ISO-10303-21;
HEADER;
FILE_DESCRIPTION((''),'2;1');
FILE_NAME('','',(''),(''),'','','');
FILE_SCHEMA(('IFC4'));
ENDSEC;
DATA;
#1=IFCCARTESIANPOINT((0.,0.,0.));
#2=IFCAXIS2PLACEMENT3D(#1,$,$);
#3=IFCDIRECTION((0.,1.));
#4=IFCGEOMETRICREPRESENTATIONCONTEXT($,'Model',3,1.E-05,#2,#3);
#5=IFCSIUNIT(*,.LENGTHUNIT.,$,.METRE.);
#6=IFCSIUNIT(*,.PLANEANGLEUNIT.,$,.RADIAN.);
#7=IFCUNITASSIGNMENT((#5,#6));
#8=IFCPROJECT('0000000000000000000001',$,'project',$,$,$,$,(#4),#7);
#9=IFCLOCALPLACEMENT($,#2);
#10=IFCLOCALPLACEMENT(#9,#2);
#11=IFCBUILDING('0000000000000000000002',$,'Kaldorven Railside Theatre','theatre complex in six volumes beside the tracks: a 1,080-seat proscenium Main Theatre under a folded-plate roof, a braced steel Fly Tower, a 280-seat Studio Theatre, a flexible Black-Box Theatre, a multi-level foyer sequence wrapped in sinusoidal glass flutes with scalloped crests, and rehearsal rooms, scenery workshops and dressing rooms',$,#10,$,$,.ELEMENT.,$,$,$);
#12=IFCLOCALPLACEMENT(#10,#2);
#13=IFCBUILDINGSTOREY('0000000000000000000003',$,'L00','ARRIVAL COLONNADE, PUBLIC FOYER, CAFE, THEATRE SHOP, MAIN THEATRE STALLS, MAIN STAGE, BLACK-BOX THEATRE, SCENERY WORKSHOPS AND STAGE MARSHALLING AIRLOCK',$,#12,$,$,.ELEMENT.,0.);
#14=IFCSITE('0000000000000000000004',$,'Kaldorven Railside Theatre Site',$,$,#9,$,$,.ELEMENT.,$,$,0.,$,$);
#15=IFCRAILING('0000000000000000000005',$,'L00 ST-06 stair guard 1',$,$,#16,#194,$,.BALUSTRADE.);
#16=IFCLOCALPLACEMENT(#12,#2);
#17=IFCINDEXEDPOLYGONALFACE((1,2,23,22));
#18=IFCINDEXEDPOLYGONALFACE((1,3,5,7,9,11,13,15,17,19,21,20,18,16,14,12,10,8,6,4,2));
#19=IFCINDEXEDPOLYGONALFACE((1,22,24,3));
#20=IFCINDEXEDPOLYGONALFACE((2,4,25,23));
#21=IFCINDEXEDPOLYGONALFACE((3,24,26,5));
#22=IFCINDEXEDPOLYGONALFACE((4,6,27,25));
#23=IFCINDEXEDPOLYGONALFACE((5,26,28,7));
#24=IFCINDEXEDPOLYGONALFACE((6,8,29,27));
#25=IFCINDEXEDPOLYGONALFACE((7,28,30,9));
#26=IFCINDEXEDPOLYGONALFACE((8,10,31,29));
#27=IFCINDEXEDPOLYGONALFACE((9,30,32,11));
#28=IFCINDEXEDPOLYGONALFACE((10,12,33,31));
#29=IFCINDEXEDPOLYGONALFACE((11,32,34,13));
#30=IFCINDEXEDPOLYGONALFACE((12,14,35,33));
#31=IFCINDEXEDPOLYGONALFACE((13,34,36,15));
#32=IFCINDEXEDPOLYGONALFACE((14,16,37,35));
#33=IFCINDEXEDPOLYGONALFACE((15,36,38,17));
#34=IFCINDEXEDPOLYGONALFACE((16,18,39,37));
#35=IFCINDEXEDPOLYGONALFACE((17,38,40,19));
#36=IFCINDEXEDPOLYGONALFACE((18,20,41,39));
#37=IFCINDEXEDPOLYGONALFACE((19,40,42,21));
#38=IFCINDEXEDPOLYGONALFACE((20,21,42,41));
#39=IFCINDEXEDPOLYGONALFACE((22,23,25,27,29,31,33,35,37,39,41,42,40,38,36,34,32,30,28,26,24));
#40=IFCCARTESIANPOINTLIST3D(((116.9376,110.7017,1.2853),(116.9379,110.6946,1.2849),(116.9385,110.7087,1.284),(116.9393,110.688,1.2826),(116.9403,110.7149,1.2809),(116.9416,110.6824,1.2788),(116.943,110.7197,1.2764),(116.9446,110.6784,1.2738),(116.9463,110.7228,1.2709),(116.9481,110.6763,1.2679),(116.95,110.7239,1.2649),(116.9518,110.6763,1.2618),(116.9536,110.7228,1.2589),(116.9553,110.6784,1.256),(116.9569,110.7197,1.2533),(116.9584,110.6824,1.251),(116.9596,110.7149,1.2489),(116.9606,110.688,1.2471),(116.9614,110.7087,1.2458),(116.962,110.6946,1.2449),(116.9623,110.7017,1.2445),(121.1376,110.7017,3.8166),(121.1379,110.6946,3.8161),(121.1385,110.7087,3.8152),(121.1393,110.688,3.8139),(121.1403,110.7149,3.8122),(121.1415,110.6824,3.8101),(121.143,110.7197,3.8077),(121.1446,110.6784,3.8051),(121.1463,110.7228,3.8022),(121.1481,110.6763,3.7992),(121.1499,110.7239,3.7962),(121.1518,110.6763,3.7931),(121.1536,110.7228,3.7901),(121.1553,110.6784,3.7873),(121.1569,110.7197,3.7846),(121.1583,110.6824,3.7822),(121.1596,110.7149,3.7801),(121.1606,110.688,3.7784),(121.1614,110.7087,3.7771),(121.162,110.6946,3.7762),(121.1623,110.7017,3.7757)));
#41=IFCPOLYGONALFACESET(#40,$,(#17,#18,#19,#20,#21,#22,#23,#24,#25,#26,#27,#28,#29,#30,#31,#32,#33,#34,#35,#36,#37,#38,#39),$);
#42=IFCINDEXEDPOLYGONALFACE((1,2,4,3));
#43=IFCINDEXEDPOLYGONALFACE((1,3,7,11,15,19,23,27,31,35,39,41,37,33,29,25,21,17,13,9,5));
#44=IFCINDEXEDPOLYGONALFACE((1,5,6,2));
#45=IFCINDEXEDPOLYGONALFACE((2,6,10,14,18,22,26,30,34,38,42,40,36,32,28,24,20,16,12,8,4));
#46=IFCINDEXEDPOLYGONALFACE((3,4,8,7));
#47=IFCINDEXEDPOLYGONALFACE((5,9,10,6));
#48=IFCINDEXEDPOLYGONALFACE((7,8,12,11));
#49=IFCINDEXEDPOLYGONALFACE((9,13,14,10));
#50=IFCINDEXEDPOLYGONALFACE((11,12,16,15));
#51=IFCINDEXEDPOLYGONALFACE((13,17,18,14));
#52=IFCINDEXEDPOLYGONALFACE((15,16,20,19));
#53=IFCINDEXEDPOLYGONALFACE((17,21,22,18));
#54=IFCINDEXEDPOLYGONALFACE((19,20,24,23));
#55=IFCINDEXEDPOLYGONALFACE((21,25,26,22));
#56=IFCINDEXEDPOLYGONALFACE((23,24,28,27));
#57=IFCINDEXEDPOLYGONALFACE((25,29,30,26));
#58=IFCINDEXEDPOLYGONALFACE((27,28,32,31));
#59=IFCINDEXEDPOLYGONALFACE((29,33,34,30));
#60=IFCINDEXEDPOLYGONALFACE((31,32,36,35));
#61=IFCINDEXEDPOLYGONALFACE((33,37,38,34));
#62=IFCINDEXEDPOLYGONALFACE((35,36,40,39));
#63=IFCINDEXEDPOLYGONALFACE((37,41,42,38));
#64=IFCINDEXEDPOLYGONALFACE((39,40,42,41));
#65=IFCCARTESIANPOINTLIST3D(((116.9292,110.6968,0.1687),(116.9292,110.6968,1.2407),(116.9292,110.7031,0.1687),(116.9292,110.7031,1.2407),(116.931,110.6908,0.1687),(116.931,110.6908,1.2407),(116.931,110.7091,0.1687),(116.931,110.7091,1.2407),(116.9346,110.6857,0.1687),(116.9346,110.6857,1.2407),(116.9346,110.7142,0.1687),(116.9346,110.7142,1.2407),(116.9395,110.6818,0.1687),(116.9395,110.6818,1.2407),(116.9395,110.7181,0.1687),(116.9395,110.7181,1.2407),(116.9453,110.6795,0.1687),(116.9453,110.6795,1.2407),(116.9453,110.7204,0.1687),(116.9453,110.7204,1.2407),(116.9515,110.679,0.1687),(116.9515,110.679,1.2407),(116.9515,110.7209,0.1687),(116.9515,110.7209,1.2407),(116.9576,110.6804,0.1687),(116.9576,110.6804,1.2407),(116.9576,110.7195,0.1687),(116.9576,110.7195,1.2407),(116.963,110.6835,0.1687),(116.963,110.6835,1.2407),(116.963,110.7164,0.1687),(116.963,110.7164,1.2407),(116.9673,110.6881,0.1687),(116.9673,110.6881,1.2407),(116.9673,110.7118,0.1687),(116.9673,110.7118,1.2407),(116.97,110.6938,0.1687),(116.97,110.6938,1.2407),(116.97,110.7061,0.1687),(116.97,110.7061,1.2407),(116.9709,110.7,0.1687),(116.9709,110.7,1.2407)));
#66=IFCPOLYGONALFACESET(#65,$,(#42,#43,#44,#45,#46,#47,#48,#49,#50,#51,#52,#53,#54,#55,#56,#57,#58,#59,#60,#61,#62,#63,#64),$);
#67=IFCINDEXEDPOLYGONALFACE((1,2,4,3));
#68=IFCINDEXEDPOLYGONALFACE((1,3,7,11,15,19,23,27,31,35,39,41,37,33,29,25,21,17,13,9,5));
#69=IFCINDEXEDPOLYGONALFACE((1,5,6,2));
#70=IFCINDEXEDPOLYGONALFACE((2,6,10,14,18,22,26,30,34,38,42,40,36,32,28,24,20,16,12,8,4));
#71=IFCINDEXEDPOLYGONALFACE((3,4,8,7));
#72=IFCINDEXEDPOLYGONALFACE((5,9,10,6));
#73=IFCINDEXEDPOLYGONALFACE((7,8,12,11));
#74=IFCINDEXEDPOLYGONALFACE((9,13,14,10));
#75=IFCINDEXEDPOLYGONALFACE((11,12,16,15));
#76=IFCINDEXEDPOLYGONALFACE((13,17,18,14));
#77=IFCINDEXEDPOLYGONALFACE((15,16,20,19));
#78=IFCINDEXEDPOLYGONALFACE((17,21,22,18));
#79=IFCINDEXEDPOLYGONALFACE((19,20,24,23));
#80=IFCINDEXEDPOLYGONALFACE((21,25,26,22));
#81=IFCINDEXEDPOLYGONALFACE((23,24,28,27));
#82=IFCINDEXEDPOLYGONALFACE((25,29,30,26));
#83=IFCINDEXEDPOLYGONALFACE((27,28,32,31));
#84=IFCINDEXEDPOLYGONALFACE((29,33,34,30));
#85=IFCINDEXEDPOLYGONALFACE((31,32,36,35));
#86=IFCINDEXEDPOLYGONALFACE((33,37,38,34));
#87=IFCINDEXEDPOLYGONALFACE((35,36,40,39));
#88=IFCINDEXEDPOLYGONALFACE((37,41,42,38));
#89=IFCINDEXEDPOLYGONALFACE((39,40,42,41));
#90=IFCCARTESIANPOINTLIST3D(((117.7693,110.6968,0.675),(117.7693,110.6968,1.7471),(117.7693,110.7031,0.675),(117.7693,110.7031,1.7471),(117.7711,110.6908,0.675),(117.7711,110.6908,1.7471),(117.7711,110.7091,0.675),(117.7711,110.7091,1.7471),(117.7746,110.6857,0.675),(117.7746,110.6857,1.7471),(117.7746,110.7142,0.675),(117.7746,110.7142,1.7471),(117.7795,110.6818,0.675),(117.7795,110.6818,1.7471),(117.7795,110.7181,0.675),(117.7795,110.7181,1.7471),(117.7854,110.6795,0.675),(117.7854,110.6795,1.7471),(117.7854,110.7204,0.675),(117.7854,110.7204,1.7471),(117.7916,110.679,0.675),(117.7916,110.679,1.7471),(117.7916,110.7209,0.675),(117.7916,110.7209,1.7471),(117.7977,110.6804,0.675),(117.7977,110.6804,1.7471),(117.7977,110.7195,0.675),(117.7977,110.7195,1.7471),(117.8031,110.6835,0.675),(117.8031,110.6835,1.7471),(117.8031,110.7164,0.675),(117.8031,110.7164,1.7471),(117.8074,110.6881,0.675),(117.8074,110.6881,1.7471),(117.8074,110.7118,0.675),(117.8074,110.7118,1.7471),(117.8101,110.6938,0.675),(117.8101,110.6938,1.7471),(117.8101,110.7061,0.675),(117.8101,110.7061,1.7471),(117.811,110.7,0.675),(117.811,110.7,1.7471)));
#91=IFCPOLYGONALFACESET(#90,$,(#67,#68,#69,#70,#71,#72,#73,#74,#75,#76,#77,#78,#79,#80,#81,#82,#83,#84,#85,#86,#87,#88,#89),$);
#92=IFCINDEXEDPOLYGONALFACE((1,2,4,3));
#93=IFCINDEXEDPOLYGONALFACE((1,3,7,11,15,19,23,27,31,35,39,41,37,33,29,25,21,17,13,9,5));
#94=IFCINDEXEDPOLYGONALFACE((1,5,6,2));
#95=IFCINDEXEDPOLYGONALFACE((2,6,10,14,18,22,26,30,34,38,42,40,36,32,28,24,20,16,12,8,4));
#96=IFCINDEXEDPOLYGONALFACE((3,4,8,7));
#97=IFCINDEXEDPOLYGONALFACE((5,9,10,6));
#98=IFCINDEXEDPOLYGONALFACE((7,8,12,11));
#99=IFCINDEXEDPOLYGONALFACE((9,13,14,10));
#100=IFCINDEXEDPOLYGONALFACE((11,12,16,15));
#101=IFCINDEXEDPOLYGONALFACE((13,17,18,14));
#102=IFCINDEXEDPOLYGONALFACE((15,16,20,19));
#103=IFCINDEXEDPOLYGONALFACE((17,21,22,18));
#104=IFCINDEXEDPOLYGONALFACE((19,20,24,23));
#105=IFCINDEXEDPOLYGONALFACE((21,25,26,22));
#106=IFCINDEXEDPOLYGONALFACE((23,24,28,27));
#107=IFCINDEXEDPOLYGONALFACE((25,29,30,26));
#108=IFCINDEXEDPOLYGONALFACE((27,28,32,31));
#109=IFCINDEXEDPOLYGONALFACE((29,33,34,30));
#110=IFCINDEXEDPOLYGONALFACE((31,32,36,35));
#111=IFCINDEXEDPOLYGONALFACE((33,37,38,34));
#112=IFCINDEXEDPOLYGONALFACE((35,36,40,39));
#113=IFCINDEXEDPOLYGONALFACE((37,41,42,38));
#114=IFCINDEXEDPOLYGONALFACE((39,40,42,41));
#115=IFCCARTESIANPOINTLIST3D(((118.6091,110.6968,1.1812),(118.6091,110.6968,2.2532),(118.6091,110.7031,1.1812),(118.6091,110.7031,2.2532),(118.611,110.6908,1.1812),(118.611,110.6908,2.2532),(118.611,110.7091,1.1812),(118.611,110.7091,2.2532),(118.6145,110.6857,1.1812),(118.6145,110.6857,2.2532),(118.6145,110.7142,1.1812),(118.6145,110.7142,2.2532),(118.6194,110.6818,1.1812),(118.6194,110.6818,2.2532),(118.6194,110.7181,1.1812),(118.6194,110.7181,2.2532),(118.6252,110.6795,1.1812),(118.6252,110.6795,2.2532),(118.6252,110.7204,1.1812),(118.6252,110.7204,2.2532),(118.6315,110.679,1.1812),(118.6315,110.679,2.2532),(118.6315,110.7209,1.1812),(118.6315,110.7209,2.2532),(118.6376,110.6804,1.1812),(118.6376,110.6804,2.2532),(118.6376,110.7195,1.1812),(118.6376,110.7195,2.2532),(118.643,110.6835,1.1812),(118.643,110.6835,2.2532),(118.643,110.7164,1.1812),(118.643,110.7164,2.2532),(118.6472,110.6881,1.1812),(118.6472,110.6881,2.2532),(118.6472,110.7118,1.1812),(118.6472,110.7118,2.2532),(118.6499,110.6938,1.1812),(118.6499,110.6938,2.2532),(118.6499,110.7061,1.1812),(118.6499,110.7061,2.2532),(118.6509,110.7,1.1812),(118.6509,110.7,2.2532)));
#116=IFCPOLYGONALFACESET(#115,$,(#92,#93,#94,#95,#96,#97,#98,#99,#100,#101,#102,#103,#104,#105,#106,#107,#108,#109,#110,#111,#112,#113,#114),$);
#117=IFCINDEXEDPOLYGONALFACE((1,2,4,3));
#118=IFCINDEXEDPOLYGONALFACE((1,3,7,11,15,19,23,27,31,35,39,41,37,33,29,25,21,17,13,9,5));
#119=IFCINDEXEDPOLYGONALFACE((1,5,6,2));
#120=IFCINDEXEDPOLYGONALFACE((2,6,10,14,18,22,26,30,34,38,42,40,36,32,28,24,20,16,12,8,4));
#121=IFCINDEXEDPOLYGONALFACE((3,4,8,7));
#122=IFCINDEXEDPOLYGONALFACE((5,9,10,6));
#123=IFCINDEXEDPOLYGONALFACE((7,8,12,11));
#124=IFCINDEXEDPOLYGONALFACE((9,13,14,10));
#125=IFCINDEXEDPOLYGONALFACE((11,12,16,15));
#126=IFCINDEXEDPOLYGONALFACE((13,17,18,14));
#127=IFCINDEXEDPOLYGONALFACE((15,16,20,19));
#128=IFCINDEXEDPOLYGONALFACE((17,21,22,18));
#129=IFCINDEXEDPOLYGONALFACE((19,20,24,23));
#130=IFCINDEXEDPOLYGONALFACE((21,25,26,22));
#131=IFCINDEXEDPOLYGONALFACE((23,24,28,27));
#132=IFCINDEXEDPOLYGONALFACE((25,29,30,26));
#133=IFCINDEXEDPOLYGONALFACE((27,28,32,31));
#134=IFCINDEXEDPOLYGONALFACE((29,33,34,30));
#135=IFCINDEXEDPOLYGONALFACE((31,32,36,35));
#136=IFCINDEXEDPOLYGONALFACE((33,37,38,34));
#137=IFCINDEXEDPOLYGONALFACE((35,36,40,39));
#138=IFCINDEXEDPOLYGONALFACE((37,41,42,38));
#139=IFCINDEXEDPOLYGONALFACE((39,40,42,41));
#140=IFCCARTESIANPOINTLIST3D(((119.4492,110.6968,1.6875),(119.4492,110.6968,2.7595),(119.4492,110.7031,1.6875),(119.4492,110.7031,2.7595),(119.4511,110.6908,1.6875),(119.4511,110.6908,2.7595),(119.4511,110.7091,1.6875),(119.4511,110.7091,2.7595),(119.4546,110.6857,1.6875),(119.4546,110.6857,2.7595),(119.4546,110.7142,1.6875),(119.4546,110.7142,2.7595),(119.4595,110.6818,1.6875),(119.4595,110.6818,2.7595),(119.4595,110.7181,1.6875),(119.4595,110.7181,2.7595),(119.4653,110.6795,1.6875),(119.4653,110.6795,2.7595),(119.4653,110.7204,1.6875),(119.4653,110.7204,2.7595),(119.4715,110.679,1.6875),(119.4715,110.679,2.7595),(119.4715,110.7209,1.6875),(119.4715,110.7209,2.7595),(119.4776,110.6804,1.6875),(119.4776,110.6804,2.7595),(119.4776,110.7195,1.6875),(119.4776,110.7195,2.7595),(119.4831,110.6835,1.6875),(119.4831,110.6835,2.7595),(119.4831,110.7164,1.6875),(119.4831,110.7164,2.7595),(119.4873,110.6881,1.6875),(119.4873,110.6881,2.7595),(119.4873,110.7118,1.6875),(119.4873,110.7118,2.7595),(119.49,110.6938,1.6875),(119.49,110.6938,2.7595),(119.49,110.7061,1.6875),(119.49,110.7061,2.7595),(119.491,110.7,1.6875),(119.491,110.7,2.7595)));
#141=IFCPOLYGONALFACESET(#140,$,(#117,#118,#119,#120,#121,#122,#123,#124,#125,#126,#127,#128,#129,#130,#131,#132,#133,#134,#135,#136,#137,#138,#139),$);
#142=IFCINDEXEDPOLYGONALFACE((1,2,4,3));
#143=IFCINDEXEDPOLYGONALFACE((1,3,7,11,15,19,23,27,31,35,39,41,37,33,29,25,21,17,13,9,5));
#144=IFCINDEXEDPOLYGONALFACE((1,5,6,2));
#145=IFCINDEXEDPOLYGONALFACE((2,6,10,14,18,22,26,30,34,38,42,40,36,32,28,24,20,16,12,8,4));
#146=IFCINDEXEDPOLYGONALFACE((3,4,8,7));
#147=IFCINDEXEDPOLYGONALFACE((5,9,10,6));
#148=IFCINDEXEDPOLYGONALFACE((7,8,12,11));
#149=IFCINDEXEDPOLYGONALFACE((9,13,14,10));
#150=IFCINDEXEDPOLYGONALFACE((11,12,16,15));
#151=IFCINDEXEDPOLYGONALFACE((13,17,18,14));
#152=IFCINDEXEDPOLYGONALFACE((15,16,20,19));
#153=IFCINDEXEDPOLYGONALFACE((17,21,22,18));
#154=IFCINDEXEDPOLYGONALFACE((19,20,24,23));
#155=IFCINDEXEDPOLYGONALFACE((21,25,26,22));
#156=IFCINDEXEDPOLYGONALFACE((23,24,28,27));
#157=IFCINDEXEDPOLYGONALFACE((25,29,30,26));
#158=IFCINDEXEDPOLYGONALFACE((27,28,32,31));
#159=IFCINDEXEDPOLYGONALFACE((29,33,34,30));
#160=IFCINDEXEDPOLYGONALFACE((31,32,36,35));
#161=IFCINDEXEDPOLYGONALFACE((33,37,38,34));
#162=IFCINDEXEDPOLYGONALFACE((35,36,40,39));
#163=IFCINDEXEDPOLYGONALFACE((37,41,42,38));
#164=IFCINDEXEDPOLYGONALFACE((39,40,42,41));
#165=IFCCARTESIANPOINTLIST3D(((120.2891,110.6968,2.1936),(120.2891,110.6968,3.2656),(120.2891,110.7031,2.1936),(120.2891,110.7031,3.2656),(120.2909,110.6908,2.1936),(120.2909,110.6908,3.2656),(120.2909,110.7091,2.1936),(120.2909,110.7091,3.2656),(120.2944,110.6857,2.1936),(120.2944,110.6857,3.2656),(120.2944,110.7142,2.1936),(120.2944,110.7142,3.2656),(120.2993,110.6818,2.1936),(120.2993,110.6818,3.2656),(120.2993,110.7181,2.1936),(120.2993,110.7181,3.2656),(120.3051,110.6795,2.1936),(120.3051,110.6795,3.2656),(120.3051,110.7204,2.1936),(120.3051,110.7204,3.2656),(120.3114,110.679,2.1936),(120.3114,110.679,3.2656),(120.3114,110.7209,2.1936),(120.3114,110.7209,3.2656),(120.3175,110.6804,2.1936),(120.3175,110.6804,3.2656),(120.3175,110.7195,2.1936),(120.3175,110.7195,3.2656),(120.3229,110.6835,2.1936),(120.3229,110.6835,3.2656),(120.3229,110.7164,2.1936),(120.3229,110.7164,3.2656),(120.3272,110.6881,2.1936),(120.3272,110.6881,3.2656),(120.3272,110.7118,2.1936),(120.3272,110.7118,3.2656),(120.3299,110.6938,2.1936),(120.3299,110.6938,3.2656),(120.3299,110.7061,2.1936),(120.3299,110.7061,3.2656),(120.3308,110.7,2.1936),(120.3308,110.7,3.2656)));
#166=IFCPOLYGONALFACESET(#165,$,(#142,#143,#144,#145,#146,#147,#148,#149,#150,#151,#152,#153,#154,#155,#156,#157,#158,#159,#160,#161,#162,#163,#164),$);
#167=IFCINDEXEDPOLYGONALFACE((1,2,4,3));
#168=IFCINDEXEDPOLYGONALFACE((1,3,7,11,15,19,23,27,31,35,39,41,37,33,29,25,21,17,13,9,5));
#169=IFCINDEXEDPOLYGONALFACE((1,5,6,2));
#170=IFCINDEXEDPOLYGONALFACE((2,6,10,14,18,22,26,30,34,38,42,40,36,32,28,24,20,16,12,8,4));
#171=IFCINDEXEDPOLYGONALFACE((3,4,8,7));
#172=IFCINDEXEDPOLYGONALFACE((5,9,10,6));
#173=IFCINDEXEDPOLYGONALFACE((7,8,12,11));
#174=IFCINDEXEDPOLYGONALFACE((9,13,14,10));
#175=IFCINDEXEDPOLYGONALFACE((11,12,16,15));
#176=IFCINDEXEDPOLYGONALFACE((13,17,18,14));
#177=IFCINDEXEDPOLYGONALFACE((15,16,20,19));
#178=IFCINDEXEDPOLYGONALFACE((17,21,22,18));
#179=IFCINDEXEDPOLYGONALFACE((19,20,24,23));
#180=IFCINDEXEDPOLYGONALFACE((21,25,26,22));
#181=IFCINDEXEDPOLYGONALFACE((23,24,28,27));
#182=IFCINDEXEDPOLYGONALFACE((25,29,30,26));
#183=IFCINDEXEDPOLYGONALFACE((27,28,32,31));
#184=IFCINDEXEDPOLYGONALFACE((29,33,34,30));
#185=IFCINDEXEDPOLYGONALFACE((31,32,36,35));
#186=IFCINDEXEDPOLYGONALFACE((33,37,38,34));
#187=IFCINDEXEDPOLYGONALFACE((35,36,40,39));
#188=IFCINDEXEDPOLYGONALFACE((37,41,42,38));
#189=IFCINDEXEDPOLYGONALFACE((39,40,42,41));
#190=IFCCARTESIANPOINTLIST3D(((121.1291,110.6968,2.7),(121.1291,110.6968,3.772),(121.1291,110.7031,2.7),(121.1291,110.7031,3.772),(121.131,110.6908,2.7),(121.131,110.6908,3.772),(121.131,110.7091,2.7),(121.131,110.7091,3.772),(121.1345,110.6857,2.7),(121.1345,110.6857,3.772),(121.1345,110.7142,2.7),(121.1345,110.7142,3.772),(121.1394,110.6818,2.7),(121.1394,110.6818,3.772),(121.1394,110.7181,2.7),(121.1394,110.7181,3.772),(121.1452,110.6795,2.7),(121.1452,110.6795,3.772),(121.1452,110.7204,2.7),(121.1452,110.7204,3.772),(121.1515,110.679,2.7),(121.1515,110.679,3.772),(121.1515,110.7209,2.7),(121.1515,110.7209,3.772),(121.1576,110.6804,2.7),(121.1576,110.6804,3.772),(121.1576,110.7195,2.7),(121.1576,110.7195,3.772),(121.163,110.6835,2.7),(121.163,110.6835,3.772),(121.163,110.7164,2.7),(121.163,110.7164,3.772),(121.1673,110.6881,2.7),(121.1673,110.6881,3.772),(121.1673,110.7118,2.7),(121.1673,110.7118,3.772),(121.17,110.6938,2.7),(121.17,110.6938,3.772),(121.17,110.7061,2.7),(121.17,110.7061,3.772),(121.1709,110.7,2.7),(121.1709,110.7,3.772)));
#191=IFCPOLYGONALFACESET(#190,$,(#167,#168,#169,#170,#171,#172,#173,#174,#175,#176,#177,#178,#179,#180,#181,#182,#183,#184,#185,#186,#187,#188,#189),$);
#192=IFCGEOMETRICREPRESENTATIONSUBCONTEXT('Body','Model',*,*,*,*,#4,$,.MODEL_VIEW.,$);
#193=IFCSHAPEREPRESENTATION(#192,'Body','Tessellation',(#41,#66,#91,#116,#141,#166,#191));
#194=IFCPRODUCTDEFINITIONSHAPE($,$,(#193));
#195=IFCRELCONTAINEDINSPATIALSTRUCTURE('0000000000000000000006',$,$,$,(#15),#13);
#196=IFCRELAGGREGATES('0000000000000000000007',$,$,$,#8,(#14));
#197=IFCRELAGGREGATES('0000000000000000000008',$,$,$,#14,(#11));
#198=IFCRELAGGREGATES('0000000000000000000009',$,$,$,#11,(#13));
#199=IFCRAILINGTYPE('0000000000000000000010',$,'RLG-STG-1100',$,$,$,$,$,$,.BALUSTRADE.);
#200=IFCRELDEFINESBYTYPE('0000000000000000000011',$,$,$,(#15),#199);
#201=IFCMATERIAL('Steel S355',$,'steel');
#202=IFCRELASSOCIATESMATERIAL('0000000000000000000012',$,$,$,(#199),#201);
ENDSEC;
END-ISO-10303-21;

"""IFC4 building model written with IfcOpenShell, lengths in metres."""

from ifc_helpers import new_model, si_unit, direction, frame, origin, origin_2d, place, context, subcontext, project, spatial, circle, extrude, material, type_object, element, save


model = new_model("IFC4")

# Units and contexts
model_context = context("Model", 3, precision=1e-05, world=origin(), true_north=direction((0.0, 1.0)))
body_context = subcontext(model_context, "Body", "Model", "MODEL_VIEW")
ifc_project = project(units=[si_unit("LENGTHUNIT", "METRE"), si_unit("PLANEANGLEUNIT", "RADIAN")], contexts=[model_context])

# Site, building, storey
site_placement = place(None, origin())
site = spatial("IfcSite", under=ifc_project, at=site_placement, Name="Kaldorven Railside Theatre Site", CompositionType="ELEMENT", RefElevation=0.0)
building_placement = place(site_placement, origin())
building = spatial("IfcBuilding", under=site, at=building_placement, Name="Kaldorven Railside Theatre", Description="theatre complex in six volumes beside the tracks: a 1,080-seat proscenium Main Theatre under a folded-plate roof, a braced steel Fly Tower, a 280-seat Studio Theatre, a flexible Black-Box Theatre, a multi-level foyer sequence wrapped in sinusoidal glass flutes with scalloped crests, and rehearsal rooms, scenery workshops and dressing rooms", CompositionType="ELEMENT")
storey_placement = place(building_placement, origin())
storey = spatial("IfcBuildingStorey", under=building, at=storey_placement, Name="L00", Description="ARRIVAL COLONNADE, PUBLIC FOYER, CAFE, THEATRE SHOP, MAIN THEATRE STALLS, MAIN STAGE, BLACK-BOX THEATRE, SCENERY WORKSHOPS AND STAGE MARSHALLING AIRLOCK", CompositionType="ELEMENT", Elevation=0.0)

# Shared definitions
ifc_material_1 = material(Name="Steel S355", Category="steel")

# Railing
railing_type_1 = type_object("IfcRailingType", Name="RLG-STG-1100", PredefinedType="BALUSTRADE", material=ifc_material_1)
railing_1_placement = place(storey_placement, frame((116.95, 110.7, 0.1687)))
element("IfcRailing", 1, at=railing_1_placement, inside=storey, type_object=railing_type_1, Name="L00 ST-06 stair guard 1", PredefinedType="BALUSTRADE", context=body_context, shape_type="SweptSolid", body=[
    extrude(circle(Radius=0.0239, at=origin_2d()), frame((0.0, 0.0, 1.0962), z_axis=(0.856476, 0.0, 0.516186), x_axis=(0.0, 1.0, 0.0)), (0.0, 0.0, 1.0), 4.9038),
    extrude(circle(Radius=0.021, at=origin_2d()), origin(), (0.0, 0.0, 1.0), 1.072),
    extrude(circle(Radius=0.021, at=origin_2d()), frame((0.8401, 0.0, 0.5063)), (0.0, 0.0, 1.0), 1.072),
    extrude(circle(Radius=0.021, at=origin_2d()), frame((1.6799, 0.0, 1.0125)), (0.0, 0.0, 1.0), 1.072),
    extrude(circle(Radius=0.021, at=origin_2d()), frame((2.52, 0.0, 1.5188)), (0.0, 0.0, 1.0), 1.072),
    extrude(circle(Radius=0.021, at=origin_2d()), frame((3.3599, 0.0, 2.0249)), (0.0, 0.0, 1.0), 1.072),
    extrude(circle(Radius=0.021, at=origin_2d()), frame((4.2, 0.0, 2.5312)), (0.0, 0.0, 1.0), 1.072),
])

save(model, "model.ifc")
